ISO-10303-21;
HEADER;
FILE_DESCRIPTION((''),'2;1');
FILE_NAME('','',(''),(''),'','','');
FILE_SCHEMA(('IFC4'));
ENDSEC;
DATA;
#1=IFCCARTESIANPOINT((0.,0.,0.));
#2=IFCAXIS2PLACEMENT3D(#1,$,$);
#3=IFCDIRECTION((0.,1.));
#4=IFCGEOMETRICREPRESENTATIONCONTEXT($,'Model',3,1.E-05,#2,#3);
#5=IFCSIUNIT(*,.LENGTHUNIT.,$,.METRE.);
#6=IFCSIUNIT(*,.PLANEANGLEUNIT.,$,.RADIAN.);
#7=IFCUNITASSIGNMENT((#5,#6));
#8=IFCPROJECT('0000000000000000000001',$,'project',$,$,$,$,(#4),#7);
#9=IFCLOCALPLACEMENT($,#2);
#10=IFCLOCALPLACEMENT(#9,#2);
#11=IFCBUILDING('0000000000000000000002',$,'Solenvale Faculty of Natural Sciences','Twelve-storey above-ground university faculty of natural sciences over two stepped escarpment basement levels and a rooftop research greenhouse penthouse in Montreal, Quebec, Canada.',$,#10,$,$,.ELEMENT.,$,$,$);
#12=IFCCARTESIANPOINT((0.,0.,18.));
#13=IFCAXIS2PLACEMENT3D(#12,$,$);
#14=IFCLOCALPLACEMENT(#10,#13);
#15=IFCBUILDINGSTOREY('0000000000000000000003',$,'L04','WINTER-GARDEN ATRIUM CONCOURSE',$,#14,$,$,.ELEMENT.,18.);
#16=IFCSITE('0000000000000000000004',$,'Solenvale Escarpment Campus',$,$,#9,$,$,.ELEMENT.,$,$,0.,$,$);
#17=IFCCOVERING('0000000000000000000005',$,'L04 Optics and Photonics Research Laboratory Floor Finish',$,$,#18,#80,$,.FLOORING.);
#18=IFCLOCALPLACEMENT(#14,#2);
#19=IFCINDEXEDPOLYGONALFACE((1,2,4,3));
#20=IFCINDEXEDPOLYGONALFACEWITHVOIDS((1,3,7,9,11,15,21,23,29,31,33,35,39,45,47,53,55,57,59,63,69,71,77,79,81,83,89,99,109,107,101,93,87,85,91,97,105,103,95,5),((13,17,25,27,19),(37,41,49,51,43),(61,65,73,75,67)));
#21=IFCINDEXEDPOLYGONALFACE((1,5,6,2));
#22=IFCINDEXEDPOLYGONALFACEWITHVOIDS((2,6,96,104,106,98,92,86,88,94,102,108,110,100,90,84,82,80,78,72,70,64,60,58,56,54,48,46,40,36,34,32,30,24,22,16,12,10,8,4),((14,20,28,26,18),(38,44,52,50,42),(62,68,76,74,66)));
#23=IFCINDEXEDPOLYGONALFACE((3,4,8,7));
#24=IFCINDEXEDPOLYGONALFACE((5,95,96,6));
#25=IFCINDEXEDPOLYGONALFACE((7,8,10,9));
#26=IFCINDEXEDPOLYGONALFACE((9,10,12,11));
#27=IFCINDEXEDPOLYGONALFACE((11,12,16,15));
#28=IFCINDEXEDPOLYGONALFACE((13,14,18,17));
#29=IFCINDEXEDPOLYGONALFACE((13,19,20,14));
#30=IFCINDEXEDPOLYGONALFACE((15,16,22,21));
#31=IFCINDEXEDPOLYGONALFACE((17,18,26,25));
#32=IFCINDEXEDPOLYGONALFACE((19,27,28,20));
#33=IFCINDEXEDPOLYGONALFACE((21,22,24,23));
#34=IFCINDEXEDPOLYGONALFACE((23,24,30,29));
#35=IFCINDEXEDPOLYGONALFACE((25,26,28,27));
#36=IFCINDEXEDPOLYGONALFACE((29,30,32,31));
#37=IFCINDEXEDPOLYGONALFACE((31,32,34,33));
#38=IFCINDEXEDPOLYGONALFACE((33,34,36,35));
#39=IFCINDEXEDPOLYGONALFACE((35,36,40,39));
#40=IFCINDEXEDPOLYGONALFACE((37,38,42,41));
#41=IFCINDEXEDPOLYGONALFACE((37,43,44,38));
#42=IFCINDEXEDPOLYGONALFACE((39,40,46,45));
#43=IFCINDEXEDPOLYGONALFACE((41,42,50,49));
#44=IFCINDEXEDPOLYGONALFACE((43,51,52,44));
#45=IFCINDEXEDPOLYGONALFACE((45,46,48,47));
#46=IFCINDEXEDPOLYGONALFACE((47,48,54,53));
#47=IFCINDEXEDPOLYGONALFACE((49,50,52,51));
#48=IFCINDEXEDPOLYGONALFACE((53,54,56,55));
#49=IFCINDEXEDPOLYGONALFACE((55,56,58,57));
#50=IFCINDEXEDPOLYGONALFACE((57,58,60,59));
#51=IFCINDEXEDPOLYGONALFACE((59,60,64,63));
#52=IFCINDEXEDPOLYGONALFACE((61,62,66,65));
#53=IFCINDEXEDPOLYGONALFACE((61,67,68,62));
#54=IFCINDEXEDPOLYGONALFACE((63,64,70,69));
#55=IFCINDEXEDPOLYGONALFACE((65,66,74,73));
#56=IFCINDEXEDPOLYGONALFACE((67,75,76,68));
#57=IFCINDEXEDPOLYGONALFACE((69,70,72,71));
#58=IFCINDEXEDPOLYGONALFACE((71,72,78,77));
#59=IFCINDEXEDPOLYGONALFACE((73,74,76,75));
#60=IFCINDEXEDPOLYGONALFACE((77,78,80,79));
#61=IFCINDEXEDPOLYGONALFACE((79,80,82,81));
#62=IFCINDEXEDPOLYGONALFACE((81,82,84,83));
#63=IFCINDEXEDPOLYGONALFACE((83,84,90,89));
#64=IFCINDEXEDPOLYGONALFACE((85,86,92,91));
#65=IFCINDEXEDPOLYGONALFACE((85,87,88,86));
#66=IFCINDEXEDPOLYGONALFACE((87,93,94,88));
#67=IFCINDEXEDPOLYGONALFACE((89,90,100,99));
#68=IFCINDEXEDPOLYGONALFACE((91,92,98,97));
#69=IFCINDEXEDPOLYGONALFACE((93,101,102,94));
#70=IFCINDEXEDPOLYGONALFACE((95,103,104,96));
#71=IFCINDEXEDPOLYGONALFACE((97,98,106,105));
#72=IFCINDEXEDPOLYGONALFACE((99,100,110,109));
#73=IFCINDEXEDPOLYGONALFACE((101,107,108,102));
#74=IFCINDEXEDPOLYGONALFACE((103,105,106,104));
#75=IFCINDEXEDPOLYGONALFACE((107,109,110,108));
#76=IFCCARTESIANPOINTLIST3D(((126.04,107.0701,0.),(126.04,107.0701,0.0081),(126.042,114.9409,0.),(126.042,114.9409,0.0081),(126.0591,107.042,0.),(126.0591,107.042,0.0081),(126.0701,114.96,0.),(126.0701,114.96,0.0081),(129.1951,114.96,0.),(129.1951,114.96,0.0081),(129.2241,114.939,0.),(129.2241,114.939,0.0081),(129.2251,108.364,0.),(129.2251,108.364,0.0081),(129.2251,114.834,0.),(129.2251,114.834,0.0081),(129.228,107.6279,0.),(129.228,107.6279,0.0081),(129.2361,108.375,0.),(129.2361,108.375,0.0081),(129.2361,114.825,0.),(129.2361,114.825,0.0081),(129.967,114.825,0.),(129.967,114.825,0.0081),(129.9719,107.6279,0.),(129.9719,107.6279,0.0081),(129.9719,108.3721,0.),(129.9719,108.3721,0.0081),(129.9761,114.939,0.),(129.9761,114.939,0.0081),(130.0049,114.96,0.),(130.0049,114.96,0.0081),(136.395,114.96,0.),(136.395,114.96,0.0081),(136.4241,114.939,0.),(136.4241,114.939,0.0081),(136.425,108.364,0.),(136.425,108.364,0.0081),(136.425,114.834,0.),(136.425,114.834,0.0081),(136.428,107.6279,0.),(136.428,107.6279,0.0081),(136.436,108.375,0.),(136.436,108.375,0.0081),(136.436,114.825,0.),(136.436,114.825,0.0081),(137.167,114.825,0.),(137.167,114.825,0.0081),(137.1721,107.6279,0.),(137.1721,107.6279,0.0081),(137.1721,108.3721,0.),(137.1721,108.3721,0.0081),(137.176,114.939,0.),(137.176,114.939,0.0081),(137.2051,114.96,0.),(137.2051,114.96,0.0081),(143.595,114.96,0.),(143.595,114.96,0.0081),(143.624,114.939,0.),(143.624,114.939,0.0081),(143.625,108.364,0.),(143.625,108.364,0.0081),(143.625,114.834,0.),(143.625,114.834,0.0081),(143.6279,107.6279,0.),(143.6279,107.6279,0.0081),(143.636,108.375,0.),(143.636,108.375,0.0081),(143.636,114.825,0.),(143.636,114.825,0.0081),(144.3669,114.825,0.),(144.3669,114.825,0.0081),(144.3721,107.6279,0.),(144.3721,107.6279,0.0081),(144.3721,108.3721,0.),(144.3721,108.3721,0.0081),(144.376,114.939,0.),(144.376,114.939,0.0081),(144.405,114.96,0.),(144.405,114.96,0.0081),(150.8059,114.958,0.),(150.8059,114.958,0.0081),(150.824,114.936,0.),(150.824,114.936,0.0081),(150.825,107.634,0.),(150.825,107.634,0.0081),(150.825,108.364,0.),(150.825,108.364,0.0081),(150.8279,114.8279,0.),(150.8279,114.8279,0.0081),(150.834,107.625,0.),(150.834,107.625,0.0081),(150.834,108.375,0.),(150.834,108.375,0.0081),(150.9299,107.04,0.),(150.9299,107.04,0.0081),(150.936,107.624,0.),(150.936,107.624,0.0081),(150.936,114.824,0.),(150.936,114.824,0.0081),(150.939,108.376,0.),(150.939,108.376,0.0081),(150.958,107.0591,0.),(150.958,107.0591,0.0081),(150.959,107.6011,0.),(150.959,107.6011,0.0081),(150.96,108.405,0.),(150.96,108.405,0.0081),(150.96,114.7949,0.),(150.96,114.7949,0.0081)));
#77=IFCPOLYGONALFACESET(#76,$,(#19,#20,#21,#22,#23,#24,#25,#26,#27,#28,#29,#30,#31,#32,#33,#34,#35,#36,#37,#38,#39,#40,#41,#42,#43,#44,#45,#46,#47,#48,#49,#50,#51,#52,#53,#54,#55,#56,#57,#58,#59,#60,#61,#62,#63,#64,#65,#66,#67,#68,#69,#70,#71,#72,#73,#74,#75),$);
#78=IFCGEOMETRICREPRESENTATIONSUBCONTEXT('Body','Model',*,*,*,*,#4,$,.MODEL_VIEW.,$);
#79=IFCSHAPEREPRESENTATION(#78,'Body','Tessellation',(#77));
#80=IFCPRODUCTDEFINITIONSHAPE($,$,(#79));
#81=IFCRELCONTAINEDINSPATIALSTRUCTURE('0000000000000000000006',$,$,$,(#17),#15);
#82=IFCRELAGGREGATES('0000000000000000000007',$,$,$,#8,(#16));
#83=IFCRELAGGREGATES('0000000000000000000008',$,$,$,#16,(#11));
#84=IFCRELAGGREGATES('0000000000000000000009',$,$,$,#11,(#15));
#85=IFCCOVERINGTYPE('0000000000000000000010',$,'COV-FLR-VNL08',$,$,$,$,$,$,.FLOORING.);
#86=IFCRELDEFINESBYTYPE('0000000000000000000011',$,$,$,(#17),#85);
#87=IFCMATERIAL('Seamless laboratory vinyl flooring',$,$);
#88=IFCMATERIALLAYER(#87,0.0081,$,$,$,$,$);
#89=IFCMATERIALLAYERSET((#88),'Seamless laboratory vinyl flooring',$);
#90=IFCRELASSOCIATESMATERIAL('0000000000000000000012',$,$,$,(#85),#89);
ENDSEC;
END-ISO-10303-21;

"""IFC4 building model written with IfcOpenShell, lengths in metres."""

from ifc_helpers import new_model, si_unit, direction, frame, origin, place, context, subcontext, project, spatial, polyline, outline, extrude, material, layer, layer_set, type_object, element, save


model = new_model("IFC4")

# Units and contexts
model_context = context("Model", 3, precision=1e-05, world=origin(), true_north=direction((0.0, 1.0)))
body_context = subcontext(model_context, "Body", "Model", "MODEL_VIEW")
ifc_project = project(units=[si_unit("LENGTHUNIT", "METRE"), si_unit("PLANEANGLEUNIT", "RADIAN")], contexts=[model_context])

# Site, building, storey
site_placement = place(None, origin())
site = spatial("IfcSite", under=ifc_project, at=site_placement, Name="Solenvale Escarpment Campus", CompositionType="ELEMENT", RefElevation=0.0)
building_placement = place(site_placement, origin())
building = spatial("IfcBuilding", under=site, at=building_placement, Name="Solenvale Faculty of Natural Sciences", Description="Twelve-storey above-ground university faculty of natural sciences over two stepped escarpment basement levels and a rooftop research greenhouse penthouse in Montreal, Quebec, Canada.", CompositionType="ELEMENT")
storey_placement = place(building_placement, frame((0.0, 0.0, 18.0)))
storey = spatial("IfcBuildingStorey", under=building, at=storey_placement, Name="L04", Description="WINTER-GARDEN ATRIUM CONCOURSE", CompositionType="ELEMENT", Elevation=18.0)

# Covering
ifc_material_1 = material(Name="Seamless laboratory vinyl flooring")
ifc_layer_1 = layer(ifc_material_1, 0.0081)
ifc_layer_set_1 = layer_set([ifc_layer_1], Name="Seamless laboratory vinyl flooring")
covering_type_1 = type_object("IfcCoveringType", Name="COV-FLR-VNL08", PredefinedType="FLOORING", material=ifc_layer_set_1)
covering_1_placement = place(storey_placement, origin())
element("IfcCovering", 1, at=covering_1_placement, inside=storey, type_object=covering_type_1, Name="L04 Optics and Photonics Research Laboratory Floor Finish", PredefinedType="FLOORING", context=body_context, shape_type="SweptSolid", body=[
    extrude(outline(polyline([(129.1951, 114.96), (129.2241, 114.939), (129.2251, 114.834), (129.2361, 114.825), (129.967, 114.825), (129.9761, 114.939), (130.0049, 114.96), (136.395, 114.96), (136.4241, 114.939), (136.425, 114.834), (136.436, 114.825), (137.167, 114.825), (137.176, 114.939), (137.2051, 114.96), (143.595, 114.96), (143.624, 114.939), (143.625, 114.834), (143.636, 114.825), (144.3669, 114.825), (144.376, 114.939), (144.405, 114.96), (150.8059, 114.958), (150.824, 114.936), (150.8279, 114.8279), (150.936, 114.824), (150.96, 114.7949), (150.96, 108.405), (150.939, 108.376), (150.834, 108.375), (150.825, 108.364), (150.825, 107.634), (150.834, 107.625), (150.936, 107.624), (150.959, 107.6011), (150.958, 107.0591), (150.9299, 107.04), (126.0591, 107.042), (126.04, 107.0701), (126.042, 114.9409), (126.0701, 114.96), (129.1951, 114.96)]), holes=[polyline([(143.636, 108.375), (143.625, 108.364), (143.6279, 107.6279), (144.3721, 107.6279), (144.3721, 108.3721), (143.636, 108.375)]), polyline([(136.436, 108.375), (136.425, 108.364), (136.428, 107.6279), (137.1721, 107.6279), (137.1721, 108.3721), (136.436, 108.375)]), polyline([(129.2361, 108.375), (129.2251, 108.364), (129.228, 107.6279), (129.9719, 107.6279), (129.9719, 108.3721), (129.2361, 108.375)])]), origin(), (0.0, 0.0, 1.0), 0.0081),
])

save(model, "model.ifc")
